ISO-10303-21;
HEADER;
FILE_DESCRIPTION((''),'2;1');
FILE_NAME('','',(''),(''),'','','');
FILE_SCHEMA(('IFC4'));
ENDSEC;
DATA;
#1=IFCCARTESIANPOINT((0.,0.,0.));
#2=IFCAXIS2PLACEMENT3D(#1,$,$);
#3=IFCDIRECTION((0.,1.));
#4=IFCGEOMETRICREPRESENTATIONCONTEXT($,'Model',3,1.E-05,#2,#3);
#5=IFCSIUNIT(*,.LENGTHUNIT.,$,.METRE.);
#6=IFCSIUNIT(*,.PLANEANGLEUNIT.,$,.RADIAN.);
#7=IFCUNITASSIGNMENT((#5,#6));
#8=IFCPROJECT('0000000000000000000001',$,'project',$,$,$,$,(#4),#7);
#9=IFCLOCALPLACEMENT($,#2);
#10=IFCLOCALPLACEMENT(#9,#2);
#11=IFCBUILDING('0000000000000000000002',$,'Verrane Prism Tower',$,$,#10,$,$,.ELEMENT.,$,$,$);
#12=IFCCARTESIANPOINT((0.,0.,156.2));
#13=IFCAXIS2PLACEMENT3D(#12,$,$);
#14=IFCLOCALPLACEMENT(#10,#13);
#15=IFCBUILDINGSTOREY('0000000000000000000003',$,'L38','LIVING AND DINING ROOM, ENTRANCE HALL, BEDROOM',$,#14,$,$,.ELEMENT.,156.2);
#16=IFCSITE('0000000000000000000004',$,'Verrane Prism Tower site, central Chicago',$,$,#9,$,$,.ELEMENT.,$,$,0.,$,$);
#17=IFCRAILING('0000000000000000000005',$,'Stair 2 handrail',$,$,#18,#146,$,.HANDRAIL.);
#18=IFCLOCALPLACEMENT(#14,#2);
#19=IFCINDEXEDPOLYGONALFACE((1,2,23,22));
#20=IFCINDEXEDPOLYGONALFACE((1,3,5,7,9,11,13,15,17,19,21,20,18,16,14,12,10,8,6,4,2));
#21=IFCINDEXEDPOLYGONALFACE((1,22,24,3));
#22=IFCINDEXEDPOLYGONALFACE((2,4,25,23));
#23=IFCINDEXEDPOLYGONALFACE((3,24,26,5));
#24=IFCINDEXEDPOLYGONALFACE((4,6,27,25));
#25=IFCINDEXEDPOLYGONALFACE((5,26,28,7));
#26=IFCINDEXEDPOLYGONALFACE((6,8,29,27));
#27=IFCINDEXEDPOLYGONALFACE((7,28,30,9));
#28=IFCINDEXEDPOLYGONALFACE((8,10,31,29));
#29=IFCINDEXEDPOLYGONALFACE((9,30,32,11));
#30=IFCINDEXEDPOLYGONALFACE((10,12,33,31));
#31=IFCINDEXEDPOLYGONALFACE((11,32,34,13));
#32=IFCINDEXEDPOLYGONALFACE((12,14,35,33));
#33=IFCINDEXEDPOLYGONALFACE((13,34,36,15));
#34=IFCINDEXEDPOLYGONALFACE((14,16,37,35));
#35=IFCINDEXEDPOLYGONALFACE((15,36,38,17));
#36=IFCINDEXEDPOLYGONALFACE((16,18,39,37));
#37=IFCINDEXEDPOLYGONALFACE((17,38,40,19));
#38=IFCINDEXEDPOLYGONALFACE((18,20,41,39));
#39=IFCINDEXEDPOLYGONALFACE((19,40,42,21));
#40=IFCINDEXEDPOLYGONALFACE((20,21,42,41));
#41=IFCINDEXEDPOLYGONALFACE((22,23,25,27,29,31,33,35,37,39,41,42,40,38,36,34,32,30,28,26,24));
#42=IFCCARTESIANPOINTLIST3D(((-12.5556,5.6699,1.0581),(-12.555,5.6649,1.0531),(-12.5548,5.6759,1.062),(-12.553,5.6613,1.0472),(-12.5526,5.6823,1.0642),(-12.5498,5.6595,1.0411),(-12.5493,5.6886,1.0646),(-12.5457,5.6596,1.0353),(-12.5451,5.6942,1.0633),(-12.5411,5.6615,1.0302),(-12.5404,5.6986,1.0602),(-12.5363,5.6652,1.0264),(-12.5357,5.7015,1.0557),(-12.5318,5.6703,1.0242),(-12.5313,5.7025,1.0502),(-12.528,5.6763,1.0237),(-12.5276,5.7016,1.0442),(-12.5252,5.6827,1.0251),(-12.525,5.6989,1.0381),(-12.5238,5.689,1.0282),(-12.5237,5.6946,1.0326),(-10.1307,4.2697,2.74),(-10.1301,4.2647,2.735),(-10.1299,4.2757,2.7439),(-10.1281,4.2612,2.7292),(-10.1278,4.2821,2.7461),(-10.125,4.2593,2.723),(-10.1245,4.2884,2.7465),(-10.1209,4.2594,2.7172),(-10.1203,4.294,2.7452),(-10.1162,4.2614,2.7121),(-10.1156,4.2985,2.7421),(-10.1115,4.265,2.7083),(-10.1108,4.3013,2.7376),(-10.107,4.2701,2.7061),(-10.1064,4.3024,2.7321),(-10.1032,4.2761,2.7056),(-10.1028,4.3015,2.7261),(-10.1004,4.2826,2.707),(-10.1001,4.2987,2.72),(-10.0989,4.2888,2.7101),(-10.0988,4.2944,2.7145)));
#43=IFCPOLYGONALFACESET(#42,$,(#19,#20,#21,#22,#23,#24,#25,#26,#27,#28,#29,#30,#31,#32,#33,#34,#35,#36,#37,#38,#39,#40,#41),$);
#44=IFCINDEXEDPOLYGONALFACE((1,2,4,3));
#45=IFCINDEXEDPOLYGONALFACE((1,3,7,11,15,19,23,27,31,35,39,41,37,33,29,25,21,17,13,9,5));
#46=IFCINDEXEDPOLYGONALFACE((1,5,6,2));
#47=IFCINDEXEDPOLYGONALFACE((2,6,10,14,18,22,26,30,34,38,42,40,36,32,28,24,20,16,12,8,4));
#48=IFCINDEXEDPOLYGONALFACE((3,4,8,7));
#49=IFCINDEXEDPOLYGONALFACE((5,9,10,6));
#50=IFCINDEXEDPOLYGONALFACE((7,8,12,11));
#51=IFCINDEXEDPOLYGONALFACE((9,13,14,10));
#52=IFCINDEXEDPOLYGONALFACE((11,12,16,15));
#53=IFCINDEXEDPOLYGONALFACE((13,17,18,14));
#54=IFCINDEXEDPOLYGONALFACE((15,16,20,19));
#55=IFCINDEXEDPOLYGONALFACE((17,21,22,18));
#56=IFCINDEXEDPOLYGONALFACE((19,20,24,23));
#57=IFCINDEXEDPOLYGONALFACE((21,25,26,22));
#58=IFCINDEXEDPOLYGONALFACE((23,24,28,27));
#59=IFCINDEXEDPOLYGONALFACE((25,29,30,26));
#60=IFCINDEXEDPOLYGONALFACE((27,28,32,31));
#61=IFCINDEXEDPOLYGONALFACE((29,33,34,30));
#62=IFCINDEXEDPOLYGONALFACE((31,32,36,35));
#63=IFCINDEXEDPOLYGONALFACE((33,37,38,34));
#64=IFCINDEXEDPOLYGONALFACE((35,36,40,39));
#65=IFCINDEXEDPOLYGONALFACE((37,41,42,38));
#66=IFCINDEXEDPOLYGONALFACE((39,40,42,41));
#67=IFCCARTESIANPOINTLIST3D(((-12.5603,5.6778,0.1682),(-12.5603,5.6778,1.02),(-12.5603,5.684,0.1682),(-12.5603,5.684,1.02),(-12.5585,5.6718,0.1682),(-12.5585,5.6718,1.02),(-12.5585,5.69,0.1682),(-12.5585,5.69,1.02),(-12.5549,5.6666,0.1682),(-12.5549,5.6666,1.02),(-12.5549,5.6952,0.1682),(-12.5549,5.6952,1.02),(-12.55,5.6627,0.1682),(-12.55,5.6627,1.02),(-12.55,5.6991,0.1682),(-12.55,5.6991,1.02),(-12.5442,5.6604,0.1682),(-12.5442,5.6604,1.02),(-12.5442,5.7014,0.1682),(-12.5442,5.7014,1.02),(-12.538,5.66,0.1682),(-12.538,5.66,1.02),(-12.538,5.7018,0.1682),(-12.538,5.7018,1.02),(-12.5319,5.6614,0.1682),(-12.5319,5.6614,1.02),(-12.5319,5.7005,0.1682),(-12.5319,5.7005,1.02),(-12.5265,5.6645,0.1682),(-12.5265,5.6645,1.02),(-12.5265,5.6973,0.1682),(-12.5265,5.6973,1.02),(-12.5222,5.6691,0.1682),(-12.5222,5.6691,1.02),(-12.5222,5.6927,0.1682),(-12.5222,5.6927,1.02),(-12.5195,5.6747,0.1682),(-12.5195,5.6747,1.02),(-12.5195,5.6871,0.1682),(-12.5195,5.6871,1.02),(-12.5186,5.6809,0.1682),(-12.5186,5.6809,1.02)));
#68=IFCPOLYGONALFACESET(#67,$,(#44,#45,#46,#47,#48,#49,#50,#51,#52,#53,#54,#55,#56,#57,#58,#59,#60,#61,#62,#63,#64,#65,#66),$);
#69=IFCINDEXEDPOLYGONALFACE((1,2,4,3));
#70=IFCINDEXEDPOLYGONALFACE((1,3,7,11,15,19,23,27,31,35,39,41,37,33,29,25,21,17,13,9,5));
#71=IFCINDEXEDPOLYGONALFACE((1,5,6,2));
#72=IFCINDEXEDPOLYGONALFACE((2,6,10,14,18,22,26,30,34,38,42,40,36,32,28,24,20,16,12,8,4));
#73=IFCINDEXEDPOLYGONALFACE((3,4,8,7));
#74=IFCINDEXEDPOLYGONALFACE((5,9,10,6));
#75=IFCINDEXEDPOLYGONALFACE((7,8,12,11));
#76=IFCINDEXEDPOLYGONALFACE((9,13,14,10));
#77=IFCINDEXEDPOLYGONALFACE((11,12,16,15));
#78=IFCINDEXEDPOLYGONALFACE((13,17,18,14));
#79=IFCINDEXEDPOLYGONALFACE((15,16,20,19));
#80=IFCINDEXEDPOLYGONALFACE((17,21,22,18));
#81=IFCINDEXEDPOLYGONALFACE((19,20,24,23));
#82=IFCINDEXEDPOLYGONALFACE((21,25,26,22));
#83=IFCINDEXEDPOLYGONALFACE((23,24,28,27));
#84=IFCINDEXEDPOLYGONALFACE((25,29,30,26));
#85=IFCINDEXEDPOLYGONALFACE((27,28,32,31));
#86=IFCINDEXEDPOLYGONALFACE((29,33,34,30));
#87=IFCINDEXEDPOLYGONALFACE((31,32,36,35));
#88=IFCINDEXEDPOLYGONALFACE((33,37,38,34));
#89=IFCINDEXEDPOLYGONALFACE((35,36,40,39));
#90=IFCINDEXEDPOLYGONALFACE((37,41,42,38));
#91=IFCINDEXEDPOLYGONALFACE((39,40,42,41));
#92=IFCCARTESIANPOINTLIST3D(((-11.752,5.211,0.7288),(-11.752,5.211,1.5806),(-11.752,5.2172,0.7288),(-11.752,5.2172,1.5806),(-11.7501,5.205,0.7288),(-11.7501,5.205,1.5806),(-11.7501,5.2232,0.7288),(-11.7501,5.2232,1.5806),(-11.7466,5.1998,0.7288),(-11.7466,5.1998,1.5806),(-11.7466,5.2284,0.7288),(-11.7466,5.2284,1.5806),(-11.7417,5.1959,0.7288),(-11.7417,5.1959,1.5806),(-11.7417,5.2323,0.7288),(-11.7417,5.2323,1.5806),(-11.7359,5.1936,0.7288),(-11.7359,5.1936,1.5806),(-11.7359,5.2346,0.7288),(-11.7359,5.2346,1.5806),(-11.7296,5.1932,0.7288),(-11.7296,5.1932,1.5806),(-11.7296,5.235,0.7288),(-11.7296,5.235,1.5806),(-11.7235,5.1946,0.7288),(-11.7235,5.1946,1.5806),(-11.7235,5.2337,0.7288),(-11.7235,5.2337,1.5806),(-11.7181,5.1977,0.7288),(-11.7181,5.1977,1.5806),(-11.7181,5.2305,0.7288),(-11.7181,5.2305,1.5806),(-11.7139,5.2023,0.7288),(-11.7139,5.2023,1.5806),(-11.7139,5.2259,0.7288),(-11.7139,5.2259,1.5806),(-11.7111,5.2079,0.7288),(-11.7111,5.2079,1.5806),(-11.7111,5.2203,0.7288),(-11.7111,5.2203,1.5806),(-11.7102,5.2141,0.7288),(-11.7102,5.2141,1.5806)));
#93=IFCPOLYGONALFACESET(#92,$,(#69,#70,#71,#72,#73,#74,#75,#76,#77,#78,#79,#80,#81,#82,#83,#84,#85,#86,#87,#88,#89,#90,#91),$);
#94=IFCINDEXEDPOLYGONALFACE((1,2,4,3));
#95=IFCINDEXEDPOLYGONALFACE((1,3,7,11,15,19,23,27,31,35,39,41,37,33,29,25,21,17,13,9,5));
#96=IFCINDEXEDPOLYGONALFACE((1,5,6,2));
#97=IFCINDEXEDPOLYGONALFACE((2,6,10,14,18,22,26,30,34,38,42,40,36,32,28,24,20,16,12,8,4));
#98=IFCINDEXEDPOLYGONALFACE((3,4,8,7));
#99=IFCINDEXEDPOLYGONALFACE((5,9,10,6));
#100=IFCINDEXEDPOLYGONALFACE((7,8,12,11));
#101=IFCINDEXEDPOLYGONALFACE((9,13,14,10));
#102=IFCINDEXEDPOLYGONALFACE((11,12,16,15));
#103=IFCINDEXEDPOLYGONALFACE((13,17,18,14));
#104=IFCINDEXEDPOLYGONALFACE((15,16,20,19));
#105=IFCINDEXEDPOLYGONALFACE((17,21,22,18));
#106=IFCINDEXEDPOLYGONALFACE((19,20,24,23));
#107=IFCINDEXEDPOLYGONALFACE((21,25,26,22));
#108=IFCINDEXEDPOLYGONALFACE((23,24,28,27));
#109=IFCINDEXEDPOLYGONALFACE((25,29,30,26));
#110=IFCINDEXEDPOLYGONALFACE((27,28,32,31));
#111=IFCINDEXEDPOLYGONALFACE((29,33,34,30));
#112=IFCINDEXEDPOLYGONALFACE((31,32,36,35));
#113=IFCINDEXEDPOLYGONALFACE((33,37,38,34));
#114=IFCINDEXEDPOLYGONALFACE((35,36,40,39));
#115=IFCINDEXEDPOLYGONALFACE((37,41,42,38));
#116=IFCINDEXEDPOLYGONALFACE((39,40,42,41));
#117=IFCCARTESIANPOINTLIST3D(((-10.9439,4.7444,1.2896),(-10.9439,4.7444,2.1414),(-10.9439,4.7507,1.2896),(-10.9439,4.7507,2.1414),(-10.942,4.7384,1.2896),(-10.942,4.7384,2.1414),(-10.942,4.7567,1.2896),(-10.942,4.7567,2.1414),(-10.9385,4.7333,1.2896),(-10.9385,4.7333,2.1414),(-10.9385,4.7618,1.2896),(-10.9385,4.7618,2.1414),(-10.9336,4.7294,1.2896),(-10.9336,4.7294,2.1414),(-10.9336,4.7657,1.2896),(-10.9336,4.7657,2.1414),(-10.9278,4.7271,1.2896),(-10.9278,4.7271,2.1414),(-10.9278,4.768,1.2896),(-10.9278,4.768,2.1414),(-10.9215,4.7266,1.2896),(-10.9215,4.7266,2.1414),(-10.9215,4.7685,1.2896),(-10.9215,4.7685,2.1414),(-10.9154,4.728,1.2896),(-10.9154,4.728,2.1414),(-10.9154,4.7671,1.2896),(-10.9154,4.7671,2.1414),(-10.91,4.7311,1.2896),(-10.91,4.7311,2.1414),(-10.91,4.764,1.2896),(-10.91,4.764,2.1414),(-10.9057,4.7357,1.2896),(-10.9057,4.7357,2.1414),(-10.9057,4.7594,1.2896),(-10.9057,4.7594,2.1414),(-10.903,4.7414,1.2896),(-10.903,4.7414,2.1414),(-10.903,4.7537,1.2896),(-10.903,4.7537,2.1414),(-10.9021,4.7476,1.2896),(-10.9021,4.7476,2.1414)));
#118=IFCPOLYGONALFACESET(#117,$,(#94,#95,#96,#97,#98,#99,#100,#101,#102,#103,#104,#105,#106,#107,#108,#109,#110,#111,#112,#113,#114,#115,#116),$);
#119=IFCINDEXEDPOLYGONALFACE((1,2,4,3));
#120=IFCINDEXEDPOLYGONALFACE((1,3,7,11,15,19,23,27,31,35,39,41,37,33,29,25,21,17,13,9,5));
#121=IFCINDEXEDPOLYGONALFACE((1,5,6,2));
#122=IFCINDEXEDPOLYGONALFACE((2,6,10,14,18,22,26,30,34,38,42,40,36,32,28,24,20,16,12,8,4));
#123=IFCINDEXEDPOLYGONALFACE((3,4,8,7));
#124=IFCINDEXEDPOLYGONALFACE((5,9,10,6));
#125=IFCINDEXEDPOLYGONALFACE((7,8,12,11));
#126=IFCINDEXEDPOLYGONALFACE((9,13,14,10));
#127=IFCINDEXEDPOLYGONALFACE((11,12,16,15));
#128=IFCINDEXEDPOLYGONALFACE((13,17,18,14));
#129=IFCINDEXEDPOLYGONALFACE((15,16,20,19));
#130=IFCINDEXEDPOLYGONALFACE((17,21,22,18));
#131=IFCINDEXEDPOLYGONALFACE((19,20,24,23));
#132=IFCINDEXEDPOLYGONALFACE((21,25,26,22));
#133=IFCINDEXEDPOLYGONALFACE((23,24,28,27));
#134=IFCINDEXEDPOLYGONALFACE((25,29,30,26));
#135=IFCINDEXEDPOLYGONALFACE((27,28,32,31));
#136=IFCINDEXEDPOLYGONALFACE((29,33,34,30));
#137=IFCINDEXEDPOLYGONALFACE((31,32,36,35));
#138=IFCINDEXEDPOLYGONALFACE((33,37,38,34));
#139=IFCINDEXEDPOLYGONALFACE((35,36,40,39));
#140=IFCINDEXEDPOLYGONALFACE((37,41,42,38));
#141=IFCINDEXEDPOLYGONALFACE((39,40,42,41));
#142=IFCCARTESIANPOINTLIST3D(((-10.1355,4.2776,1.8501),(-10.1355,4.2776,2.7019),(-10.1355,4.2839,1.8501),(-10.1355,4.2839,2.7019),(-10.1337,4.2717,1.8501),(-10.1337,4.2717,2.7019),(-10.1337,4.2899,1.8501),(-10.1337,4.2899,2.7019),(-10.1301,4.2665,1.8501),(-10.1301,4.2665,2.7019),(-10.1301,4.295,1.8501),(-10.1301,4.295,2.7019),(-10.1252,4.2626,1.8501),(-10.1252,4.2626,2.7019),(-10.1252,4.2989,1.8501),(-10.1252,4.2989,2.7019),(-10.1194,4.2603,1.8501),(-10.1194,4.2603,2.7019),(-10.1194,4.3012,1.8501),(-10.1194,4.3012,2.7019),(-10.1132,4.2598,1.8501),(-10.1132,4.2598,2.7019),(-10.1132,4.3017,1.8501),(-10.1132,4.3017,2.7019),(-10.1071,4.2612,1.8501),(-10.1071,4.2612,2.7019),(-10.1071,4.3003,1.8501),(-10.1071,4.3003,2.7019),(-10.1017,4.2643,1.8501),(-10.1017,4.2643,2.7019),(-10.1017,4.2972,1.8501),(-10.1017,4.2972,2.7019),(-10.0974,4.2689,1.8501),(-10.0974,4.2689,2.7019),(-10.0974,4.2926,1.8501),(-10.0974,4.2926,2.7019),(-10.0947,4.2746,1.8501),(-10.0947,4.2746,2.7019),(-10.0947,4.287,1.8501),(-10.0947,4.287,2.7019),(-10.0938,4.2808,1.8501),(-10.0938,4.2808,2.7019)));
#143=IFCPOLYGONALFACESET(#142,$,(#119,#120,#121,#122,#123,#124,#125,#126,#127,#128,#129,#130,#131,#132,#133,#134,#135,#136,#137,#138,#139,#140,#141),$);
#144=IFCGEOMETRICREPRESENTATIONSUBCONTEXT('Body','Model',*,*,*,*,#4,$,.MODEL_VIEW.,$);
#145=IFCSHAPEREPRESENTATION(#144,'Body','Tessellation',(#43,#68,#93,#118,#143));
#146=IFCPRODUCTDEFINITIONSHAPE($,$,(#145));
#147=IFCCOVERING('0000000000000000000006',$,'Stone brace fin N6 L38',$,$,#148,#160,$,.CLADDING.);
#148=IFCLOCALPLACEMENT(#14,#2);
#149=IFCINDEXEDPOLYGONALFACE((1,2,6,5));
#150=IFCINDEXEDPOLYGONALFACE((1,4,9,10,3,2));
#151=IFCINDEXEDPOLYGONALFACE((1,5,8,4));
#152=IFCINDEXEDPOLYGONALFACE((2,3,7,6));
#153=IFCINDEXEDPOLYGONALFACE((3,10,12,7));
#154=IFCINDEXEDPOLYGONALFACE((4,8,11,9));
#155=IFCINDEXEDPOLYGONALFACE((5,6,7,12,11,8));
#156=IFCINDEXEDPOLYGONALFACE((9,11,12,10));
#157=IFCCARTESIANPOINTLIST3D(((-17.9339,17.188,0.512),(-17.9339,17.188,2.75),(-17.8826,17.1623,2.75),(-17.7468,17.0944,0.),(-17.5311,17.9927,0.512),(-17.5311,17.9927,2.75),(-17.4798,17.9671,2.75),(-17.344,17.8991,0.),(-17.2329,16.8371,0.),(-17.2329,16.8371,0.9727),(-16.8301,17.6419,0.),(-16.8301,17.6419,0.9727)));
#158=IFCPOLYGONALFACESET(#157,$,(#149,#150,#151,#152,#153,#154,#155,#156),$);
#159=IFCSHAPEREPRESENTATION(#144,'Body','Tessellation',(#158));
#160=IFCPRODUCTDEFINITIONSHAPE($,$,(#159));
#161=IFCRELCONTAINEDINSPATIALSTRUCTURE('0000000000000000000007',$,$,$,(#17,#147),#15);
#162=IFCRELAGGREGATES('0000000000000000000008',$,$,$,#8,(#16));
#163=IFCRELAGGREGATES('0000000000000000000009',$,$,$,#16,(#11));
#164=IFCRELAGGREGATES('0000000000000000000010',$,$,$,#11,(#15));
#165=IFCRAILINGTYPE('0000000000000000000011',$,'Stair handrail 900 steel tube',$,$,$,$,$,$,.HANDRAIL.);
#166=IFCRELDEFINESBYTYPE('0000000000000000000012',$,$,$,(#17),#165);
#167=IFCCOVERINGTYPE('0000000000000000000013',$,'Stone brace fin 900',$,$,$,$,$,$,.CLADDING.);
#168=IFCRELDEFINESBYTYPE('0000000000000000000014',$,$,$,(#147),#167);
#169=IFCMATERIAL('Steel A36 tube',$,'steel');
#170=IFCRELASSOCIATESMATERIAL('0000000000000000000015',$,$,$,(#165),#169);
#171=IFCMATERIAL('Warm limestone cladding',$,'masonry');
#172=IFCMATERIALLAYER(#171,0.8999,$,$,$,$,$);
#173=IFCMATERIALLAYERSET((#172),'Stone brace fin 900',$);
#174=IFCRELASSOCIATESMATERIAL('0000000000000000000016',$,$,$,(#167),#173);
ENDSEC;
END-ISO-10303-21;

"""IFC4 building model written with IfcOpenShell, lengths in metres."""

from ifc_helpers import new_model, si_unit, direction, frame, origin, origin_2d, place, context, subcontext, project, spatial, polyline, circle, outline, extrude, material, layer, layer_set, type_object, element, save


model = new_model("IFC4")

# Units and contexts
model_context = context("Model", 3, precision=1e-05, world=origin(), true_north=direction((0.0, 1.0)))
body_context = subcontext(model_context, "Body", "Model", "MODEL_VIEW")
ifc_project = project(units=[si_unit("LENGTHUNIT", "METRE"), si_unit("PLANEANGLEUNIT", "RADIAN")], contexts=[model_context])

# Site, building, storey
site_placement = place(None, origin())
site = spatial("IfcSite", under=ifc_project, at=site_placement, Name="Verrane Prism Tower site, central Chicago", CompositionType="ELEMENT", RefElevation=0.0)
building_placement = place(site_placement, origin())
building = spatial("IfcBuilding", under=site, at=building_placement, Name="Verrane Prism Tower", CompositionType="ELEMENT")
storey_placement = place(building_placement, frame((0.0, 0.0, 156.2)))
storey = spatial("IfcBuildingStorey", under=building, at=storey_placement, Name="L38", Description="LIVING AND DINING ROOM, ENTRANCE HALL, BEDROOM", CompositionType="ELEMENT", Elevation=156.2)

# Railing
ifc_material_1 = material(Name="Steel A36 tube", Category="steel")
railing_type = type_object("IfcRailingType", Name="Stair handrail 900 steel tube", PredefinedType="HANDRAIL", material=ifc_material_1)
railing_placement = place(storey_placement, frame((-12.5396, 5.6809, 0.1682)))
element("IfcRailing", 1, at=railing_placement, inside=storey, type_object=railing_type, Name="Stair 2 handrail", PredefinedType="HANDRAIL", context=body_context, shape_type="SweptSolid", body=[
    extrude(circle(Radius=0.0239, at=origin_2d()), frame((0.0, 0.0, 0.876), z_axis=(0.742367, -0.428662, 0.514918), x_axis=(0.50005, 0.865997, 0.0)), (0.0, 0.0, 1.0), 3.2664),
    extrude(circle(Radius=0.021, at=origin_2d()), origin(), (0.0, 0.0, 1.0), 0.8518),
    extrude(circle(Radius=0.021, at=origin_2d()), frame((0.8083, -0.4668, 0.5605)), (0.0, 0.0, 1.0), 0.8518),
    extrude(circle(Radius=0.021, at=origin_2d()), frame((1.6165, -0.9333, 1.1213)), (0.0, 0.0, 1.0), 0.8518),
    extrude(circle(Radius=0.021, at=origin_2d()), frame((2.4248, -1.4001, 1.6819)), (0.0, 0.0, 1.0), 0.8518),
])

# Covering
ifc_material_2 = material(Name="Warm limestone cladding", Category="masonry")
ifc_layer_1 = layer(ifc_material_2, 0.8999)
ifc_layer_set_1 = layer_set([ifc_layer_1], Name="Stone brace fin 900")
covering_type = type_object("IfcCoveringType", Name="Stone brace fin 900", PredefinedType="CLADDING", material=ifc_layer_set_1)
covering_placement = place(storey_placement, frame((-17.0315, 17.2395, 0.0), z_axis=(0.0, 0.0, 1.0), x_axis=(-0.89424, 0.447587, 0.0)))
element("IfcCovering", 2, at=covering_placement, inside=storey, type_object=covering_type, Name="Stone brace fin N6 L38", PredefinedType="CLADDING", context=body_context, shape_type="SweptSolid", body=[
    extrude(outline(polyline([(0.7839, 2.75), (0.7266, 2.75), (0.0, 0.9727), (0.0, 0.0), (0.5747, 0.0), (0.7839, 0.512), (0.7839, 2.75)])), frame((0.0, 0.45, 0.0), z_axis=(0.0, -1.0, 0.0), x_axis=(1.0, 0.0, 0.0)), (0.0, 0.0, 1.0), 0.8999),
])

save(model, "model.ifc")
